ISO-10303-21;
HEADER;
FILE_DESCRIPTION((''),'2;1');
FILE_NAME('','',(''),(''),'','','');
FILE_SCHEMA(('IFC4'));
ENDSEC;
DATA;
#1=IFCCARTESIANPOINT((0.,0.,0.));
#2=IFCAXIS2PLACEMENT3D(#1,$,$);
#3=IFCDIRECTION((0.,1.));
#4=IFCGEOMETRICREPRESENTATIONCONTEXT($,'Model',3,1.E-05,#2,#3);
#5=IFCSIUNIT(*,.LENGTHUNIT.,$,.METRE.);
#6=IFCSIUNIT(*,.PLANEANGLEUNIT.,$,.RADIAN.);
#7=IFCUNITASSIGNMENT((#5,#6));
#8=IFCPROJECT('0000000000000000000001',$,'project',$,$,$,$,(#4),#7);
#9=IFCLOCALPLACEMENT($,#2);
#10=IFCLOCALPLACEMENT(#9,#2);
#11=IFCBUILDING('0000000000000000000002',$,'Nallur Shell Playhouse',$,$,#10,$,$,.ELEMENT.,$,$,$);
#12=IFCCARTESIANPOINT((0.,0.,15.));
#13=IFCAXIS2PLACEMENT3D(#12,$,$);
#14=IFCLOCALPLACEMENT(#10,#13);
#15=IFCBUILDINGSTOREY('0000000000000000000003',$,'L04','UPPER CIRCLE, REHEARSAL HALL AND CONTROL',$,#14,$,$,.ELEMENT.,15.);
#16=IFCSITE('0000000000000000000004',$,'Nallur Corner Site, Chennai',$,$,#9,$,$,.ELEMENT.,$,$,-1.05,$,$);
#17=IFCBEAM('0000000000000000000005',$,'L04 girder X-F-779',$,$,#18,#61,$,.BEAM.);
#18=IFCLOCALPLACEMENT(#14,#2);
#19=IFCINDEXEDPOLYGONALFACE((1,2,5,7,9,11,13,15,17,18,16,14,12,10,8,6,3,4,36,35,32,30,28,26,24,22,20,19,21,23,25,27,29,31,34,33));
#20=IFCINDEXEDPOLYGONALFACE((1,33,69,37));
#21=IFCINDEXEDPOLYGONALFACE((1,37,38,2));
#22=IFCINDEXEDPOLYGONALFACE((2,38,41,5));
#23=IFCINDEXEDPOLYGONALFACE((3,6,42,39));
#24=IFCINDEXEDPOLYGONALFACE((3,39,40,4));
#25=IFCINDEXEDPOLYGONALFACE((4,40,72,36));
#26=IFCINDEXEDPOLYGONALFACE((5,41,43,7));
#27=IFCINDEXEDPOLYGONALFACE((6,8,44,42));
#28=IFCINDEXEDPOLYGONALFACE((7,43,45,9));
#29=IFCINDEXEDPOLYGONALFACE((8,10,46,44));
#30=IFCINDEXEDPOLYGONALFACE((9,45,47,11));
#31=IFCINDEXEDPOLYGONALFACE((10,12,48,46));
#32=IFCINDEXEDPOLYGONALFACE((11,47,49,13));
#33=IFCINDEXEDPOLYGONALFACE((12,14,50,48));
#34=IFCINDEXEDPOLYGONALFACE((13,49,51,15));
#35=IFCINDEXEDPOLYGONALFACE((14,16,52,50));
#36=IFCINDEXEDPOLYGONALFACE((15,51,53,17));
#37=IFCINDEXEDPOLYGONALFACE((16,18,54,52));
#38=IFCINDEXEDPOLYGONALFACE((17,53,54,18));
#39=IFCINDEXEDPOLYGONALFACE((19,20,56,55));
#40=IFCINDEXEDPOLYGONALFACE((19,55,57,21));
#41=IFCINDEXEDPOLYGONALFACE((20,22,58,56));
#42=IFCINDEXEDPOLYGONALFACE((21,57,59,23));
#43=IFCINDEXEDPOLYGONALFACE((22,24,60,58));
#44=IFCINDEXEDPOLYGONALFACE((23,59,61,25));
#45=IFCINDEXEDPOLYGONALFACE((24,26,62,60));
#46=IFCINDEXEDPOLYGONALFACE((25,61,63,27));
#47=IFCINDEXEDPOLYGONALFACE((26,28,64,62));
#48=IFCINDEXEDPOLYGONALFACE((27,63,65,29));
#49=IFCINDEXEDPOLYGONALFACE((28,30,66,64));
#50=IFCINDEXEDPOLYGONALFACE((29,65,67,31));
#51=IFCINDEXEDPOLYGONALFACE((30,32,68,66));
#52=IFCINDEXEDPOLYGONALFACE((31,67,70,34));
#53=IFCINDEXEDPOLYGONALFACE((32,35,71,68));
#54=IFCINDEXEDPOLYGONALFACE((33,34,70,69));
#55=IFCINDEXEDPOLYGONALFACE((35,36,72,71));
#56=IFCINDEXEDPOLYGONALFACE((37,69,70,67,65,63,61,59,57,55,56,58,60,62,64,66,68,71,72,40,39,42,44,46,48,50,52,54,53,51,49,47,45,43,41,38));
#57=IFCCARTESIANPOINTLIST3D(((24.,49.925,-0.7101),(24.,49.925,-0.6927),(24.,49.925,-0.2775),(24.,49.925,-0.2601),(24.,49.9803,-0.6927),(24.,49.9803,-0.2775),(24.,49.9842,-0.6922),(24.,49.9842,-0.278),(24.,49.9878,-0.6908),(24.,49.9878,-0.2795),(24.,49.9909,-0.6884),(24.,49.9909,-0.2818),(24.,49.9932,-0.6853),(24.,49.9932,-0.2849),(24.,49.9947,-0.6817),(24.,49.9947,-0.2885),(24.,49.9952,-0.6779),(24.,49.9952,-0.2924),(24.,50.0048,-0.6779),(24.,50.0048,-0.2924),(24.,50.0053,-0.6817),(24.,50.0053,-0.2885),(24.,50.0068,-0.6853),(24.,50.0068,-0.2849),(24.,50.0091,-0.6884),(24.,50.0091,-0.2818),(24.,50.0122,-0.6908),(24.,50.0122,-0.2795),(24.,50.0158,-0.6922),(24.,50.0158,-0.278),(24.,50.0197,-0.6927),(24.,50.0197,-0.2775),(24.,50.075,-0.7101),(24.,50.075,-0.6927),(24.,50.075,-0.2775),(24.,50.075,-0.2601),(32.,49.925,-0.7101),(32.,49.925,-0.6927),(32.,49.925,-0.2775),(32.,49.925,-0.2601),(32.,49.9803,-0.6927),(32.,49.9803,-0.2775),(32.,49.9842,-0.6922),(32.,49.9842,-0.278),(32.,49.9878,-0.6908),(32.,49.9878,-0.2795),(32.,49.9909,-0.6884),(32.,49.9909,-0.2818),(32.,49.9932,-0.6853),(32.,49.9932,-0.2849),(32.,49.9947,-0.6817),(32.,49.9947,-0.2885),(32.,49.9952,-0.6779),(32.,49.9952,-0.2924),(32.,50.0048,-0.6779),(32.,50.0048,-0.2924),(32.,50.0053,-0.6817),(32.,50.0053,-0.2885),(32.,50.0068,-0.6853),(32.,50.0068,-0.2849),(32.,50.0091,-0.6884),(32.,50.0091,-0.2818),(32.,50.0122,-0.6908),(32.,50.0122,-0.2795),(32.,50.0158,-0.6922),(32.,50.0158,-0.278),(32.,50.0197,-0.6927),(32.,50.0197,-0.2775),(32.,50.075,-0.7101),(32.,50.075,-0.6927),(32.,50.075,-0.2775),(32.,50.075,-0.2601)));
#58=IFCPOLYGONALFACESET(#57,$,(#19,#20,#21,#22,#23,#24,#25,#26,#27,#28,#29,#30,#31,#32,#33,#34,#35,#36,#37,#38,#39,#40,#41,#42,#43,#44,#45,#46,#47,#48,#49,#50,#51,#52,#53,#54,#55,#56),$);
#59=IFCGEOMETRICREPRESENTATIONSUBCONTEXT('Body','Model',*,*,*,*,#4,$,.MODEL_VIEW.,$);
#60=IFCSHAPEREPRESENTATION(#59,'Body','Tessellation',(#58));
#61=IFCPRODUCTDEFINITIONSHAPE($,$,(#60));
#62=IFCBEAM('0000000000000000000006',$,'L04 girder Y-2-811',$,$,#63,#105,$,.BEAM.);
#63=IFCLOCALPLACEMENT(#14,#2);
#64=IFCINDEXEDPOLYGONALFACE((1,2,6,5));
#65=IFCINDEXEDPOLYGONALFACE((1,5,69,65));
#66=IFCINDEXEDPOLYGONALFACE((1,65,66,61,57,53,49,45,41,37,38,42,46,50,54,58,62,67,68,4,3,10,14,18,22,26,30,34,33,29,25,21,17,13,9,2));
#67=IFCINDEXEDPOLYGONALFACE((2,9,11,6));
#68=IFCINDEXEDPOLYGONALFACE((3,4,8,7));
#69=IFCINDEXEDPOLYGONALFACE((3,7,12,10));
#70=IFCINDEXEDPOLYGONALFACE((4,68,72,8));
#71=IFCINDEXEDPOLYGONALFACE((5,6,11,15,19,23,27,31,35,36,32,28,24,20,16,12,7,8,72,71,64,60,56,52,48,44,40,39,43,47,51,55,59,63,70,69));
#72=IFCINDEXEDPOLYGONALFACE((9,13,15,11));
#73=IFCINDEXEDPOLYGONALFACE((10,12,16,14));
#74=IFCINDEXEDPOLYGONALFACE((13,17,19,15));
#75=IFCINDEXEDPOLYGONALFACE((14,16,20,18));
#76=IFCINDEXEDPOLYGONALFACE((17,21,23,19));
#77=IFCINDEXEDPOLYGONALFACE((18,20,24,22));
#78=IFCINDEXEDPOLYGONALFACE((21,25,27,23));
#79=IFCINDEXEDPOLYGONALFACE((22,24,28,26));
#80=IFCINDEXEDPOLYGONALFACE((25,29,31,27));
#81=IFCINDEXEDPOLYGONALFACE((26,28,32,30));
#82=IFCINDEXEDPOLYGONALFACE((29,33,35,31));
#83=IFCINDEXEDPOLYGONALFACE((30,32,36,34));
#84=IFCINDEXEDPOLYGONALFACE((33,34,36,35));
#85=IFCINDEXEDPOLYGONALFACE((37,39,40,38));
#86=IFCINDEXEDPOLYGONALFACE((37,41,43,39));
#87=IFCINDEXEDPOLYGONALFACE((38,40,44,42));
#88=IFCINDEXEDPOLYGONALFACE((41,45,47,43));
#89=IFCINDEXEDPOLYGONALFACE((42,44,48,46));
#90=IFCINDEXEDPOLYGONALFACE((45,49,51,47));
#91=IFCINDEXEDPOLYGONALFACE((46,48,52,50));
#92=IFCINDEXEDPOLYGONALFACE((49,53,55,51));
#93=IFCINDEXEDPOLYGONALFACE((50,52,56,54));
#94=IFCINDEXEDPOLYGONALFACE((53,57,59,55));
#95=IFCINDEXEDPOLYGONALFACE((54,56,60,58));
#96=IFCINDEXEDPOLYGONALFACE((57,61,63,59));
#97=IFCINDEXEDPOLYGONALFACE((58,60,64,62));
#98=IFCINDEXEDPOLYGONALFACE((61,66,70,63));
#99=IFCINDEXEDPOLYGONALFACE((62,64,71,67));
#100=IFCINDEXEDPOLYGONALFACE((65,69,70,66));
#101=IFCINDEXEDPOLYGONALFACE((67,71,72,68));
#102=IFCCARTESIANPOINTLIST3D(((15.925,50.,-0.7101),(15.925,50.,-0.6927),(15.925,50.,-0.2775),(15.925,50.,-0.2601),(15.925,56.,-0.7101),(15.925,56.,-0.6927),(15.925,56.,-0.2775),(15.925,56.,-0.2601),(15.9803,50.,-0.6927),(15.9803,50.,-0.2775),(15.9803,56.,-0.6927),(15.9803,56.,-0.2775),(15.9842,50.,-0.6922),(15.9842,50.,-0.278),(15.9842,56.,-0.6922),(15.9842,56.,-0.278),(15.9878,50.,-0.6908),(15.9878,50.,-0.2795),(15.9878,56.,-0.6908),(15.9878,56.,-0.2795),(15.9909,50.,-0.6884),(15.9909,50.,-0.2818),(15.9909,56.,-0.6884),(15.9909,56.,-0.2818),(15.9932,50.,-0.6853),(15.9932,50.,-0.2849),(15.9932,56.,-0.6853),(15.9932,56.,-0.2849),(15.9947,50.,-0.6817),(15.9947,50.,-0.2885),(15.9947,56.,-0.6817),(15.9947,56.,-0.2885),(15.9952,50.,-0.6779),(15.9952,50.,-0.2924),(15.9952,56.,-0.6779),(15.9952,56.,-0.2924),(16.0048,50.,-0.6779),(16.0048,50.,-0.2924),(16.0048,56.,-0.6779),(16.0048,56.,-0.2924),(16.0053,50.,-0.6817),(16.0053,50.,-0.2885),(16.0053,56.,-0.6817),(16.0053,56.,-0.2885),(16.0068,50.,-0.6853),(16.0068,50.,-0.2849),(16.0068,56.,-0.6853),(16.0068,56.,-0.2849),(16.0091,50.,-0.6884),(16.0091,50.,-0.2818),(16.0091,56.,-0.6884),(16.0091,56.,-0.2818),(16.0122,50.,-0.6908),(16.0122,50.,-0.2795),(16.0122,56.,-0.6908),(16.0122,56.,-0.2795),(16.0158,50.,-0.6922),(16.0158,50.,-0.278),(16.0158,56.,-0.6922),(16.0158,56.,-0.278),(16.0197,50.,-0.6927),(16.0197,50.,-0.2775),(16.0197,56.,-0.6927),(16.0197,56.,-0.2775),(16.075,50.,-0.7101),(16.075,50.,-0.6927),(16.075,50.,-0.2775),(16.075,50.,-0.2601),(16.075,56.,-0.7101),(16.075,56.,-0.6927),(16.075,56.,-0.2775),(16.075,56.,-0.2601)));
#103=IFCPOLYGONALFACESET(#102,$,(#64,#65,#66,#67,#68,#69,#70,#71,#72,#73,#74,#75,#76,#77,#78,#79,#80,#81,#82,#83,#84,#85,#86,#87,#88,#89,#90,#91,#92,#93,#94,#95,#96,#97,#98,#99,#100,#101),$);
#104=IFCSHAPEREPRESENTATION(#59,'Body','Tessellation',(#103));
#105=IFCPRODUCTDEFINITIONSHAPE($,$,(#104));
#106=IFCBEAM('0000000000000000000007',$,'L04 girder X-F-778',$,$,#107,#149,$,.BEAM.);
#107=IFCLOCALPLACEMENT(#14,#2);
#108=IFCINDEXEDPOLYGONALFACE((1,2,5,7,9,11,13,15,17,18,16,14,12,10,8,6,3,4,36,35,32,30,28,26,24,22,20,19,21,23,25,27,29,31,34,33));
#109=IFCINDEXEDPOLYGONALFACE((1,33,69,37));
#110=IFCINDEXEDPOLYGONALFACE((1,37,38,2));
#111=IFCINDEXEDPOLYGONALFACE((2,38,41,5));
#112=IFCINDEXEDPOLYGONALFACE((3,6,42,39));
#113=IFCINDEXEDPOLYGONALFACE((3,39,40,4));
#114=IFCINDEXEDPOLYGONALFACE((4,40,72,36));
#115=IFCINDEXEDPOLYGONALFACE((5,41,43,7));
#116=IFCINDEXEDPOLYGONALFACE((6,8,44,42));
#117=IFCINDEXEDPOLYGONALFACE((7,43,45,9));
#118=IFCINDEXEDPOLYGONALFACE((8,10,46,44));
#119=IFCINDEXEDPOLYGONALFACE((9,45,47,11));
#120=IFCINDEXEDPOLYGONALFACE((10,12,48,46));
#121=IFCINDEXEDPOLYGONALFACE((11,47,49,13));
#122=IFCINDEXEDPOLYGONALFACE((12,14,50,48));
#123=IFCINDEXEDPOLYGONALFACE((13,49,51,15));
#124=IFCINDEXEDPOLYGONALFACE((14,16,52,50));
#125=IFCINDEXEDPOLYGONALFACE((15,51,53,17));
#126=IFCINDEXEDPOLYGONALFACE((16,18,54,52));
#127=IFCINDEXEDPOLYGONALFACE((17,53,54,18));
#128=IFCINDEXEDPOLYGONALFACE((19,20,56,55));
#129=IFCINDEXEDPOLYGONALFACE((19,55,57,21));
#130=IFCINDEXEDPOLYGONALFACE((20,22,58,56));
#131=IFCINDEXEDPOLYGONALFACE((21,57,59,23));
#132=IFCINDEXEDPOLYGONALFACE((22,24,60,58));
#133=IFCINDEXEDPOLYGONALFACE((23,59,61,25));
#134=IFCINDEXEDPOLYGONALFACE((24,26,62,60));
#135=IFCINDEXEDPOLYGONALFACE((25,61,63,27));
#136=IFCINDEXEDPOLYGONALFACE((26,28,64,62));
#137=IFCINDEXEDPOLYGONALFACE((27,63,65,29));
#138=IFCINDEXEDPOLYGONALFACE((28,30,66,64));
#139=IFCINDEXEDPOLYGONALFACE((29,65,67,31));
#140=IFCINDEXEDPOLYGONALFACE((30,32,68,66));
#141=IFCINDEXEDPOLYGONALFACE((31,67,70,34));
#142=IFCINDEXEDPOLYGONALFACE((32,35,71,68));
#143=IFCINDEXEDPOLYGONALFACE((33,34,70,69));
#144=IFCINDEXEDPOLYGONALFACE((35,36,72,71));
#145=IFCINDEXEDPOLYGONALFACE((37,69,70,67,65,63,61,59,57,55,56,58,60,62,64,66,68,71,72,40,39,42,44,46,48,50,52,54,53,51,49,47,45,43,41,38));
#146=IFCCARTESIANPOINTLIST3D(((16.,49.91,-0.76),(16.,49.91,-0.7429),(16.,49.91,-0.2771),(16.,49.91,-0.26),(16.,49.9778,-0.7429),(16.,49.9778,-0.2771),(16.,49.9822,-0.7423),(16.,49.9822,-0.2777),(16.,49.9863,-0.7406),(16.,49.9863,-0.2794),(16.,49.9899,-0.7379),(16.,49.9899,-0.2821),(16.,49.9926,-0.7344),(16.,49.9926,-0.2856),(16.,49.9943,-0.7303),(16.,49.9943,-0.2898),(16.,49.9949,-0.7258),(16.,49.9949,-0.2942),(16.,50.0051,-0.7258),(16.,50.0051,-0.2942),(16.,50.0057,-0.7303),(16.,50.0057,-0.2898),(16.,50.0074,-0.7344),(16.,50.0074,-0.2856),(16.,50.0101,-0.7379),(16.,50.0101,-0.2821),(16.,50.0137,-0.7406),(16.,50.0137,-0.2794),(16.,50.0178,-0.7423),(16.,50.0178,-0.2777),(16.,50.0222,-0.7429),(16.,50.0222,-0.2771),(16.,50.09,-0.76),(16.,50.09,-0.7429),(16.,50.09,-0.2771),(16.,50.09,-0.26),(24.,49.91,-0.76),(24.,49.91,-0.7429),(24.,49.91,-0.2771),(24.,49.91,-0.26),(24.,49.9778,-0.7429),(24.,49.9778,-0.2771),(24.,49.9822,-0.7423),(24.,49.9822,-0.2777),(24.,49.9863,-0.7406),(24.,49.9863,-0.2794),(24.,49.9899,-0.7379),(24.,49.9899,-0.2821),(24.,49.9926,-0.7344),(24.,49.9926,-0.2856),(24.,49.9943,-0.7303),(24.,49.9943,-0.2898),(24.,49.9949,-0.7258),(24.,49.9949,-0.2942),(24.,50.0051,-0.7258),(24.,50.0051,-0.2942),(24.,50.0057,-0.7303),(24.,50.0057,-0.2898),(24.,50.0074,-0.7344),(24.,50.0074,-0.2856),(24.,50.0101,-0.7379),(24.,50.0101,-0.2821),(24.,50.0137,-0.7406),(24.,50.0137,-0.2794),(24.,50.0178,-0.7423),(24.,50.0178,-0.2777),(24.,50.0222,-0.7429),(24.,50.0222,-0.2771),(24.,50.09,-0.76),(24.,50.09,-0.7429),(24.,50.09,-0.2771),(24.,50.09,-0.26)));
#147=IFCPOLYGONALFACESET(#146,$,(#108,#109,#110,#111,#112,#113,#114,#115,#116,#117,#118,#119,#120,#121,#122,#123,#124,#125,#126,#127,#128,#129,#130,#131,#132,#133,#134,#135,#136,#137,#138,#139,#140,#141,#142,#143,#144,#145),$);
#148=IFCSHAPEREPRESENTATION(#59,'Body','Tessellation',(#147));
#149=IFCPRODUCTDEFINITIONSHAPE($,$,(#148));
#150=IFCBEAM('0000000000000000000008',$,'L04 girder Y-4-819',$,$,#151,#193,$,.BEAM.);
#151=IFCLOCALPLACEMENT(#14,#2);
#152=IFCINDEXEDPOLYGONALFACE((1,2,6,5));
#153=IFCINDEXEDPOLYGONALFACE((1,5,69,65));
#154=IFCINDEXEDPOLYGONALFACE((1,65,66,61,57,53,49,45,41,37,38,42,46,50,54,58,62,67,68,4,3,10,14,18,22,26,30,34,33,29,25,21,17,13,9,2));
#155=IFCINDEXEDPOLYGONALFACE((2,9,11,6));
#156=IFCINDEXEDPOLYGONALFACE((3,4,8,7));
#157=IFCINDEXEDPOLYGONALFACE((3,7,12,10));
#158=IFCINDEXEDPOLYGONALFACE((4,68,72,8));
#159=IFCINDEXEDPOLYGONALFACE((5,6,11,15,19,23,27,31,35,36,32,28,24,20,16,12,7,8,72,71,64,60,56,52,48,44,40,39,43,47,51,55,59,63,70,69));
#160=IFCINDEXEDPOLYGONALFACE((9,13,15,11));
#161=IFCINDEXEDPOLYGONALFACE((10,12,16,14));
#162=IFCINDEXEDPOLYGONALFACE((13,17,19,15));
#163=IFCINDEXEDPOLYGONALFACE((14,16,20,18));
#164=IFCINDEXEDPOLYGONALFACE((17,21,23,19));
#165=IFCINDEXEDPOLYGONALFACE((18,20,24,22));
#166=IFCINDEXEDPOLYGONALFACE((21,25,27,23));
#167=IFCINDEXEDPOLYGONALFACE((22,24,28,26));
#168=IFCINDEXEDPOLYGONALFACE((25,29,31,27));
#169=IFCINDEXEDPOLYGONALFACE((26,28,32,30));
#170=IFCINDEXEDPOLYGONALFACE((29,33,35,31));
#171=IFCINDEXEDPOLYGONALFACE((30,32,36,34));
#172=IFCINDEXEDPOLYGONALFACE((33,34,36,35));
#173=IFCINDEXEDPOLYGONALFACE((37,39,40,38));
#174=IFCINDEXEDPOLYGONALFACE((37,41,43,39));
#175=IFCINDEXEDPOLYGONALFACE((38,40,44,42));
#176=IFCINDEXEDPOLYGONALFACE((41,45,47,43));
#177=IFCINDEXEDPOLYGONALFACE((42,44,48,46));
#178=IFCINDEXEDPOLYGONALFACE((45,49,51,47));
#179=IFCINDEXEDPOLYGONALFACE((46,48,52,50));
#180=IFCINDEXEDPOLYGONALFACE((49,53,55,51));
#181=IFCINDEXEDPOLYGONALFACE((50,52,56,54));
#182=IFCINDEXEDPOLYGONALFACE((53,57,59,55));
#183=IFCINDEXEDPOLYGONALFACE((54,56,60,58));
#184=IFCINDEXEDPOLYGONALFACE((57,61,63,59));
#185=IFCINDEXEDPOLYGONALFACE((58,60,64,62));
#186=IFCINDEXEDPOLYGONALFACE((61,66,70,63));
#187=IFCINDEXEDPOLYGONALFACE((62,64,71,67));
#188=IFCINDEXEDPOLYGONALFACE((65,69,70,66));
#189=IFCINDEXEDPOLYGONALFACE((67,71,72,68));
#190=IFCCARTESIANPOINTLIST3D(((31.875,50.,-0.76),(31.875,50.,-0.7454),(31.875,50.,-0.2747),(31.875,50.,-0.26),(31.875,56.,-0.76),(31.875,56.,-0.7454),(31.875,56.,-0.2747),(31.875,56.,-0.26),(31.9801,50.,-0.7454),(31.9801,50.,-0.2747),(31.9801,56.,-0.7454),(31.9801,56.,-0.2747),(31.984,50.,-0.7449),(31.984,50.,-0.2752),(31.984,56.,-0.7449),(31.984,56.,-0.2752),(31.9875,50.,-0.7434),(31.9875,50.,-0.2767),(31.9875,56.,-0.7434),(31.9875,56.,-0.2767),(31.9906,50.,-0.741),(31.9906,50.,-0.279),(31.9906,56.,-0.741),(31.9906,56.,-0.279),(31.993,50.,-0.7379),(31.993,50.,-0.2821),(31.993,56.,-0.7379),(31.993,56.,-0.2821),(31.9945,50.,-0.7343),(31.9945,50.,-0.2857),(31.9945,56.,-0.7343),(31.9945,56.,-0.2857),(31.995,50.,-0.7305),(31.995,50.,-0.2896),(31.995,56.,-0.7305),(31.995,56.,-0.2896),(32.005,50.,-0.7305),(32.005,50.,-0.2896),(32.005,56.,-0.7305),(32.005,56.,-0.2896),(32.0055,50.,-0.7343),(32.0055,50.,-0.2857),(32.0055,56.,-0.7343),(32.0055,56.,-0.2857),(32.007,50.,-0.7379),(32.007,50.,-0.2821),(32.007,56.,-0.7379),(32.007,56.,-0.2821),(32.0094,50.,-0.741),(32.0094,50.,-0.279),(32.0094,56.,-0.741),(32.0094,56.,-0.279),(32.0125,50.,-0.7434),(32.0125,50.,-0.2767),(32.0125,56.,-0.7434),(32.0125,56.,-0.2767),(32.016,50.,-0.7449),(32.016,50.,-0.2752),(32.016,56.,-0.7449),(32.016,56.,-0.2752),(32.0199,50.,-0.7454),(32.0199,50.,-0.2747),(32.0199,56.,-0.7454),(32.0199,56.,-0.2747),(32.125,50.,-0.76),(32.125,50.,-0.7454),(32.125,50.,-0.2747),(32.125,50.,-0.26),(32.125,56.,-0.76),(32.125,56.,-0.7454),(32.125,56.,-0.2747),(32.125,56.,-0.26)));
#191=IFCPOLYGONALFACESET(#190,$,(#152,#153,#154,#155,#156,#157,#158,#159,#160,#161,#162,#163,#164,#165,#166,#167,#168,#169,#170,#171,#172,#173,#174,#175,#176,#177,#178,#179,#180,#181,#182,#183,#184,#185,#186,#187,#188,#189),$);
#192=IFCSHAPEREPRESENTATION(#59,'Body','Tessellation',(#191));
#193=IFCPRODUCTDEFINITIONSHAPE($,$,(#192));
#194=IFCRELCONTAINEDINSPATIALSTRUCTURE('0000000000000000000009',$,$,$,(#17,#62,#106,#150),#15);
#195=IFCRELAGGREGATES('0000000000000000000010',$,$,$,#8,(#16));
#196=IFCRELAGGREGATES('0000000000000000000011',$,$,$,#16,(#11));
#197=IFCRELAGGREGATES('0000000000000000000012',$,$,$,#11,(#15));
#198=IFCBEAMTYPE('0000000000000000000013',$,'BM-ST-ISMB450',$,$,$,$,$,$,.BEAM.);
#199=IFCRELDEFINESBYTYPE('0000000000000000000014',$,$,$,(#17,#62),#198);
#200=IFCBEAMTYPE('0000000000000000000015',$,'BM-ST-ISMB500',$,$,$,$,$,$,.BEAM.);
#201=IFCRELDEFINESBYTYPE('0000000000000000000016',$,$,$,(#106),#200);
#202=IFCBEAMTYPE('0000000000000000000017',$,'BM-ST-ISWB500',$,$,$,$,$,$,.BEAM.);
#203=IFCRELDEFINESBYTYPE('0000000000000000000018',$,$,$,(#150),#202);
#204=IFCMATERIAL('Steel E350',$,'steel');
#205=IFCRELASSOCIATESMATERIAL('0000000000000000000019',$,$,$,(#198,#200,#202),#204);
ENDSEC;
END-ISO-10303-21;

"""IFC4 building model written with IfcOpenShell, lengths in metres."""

from ifc_helpers import new_model, si_unit, direction, frame, origin, origin_2d, place, context, subcontext, project, spatial, i_section, extrude, material, material_profile, profile_set, type_object, element, save


model = new_model("IFC4")

# Units and contexts
model_context = context("Model", 3, precision=1e-05, world=origin(), true_north=direction((0.0, 1.0)))
body_context = subcontext(model_context, "Body", "Model", "MODEL_VIEW")
ifc_project = project(units=[si_unit("LENGTHUNIT", "METRE"), si_unit("PLANEANGLEUNIT", "RADIAN")], contexts=[model_context])

# Site, building, storey
site_placement = place(None, origin())
site = spatial("IfcSite", under=ifc_project, at=site_placement, Name="Nallur Corner Site, Chennai", CompositionType="ELEMENT", RefElevation=-1.05)
building_placement = place(site_placement, origin())
building = spatial("IfcBuilding", under=site, at=building_placement, Name="Nallur Shell Playhouse", CompositionType="ELEMENT")
storey_placement = place(building_placement, frame((0.0, 0.0, 15.0)))
storey = spatial("IfcBuildingStorey", under=building, at=storey_placement, Name="L04", Description="UPPER CIRCLE, REHEARSAL HALL AND CONTROL", CompositionType="ELEMENT", Elevation=15.0)

# Beams
ifc_material_1 = material(Name="Steel E350", Category="steel")
ifc_material_profile_1 = material_profile(ifc_material_1, i_section(OverallWidth=0.1499, OverallDepth=0.45, WebThickness=0.0095, FlangeThickness=0.0173, FilletRadius=0.0149, at=origin_2d()), Name="ISMB 450")
ifc_profile_set_1 = profile_set([ifc_material_profile_1], Name="Steel E350")
beam_type_1 = type_object("IfcBeamType", Name="BM-ST-ISMB450", PredefinedType="BEAM", material=ifc_profile_set_1)
beam_1_placement = place(storey_placement, frame((24.0, 50.0, -0.4851), z_axis=(1.0, 0.0, 0.0), x_axis=(0.0, 1.0, 0.0)))
element("IfcBeam", 1, at=beam_1_placement, inside=storey, type_object=beam_type_1, Name="L04 girder X-F-779", PredefinedType="BEAM", context=body_context, shape_type="SweptSolid", body=[
    extrude(i_section(OverallWidth=0.1499, OverallDepth=0.45, WebThickness=0.0095, FlangeThickness=0.0173, FilletRadius=0.0149, at=origin_2d()), origin(), (0.0, 0.0, 1.0), 8.0),
])
beam_2_placement = place(storey_placement, frame((16.0, 50.0, -0.4851), z_axis=(0.0, 1.0, 0.0), x_axis=(-1.0, 0.0, 0.0)))
element("IfcBeam", 2, at=beam_2_placement, inside=storey, type_object=beam_type_1, Name="L04 girder Y-2-811", PredefinedType="BEAM", context=body_context, shape_type="SweptSolid", body=[
    extrude(i_section(OverallWidth=0.1499, OverallDepth=0.45, WebThickness=0.0095, FlangeThickness=0.0173, FilletRadius=0.0149, at=origin_2d()), origin(), (0.0, 0.0, 1.0), 6.0),
])
ifc_material_profile_2 = material_profile(ifc_material_1, i_section(OverallWidth=0.1799, OverallDepth=0.5, WebThickness=0.0103, FlangeThickness=0.0171, FilletRadius=0.0171, at=origin_2d()), Name="ISMB 500")
ifc_profile_set_2 = profile_set([ifc_material_profile_2], Name="Steel E350")
beam_type_2 = type_object("IfcBeamType", Name="BM-ST-ISMB500", PredefinedType="BEAM", material=ifc_profile_set_2)
beam_3_placement = place(storey_placement, frame((16.0, 50.0, -0.51), z_axis=(1.0, 0.0, 0.0), x_axis=(0.0, 1.0, 0.0)))
element("IfcBeam", 3, at=beam_3_placement, inside=storey, type_object=beam_type_2, Name="L04 girder X-F-778", PredefinedType="BEAM", context=body_context, shape_type="SweptSolid", body=[
    extrude(i_section(OverallWidth=0.1799, OverallDepth=0.5, WebThickness=0.0103, FlangeThickness=0.0171, FilletRadius=0.0171, at=origin_2d()), origin(), (0.0, 0.0, 1.0), 8.0),
])
ifc_material_profile_3 = material_profile(ifc_material_1, i_section(OverallWidth=0.25, OverallDepth=0.5, WebThickness=0.01, FlangeThickness=0.0146, FilletRadius=0.0149, at=origin_2d()), Name="ISWB 500")
ifc_profile_set_3 = profile_set([ifc_material_profile_3], Name="Steel E350")
beam_type_3 = type_object("IfcBeamType", Name="BM-ST-ISWB500", PredefinedType="BEAM", material=ifc_profile_set_3)
beam_4_placement = place(storey_placement, frame((32.0, 50.0, -0.51), z_axis=(0.0, 1.0, 0.0), x_axis=(-1.0, 0.0, 0.0)))
element("IfcBeam", 4, at=beam_4_placement, inside=storey, type_object=beam_type_3, Name="L04 girder Y-4-819", PredefinedType="BEAM", context=body_context, shape_type="SweptSolid", body=[
    extrude(i_section(OverallWidth=0.25, OverallDepth=0.5, WebThickness=0.01, FlangeThickness=0.0146, FilletRadius=0.0149, at=origin_2d()), origin(), (0.0, 0.0, 1.0), 6.0),
])

save(model, "model.ifc")
